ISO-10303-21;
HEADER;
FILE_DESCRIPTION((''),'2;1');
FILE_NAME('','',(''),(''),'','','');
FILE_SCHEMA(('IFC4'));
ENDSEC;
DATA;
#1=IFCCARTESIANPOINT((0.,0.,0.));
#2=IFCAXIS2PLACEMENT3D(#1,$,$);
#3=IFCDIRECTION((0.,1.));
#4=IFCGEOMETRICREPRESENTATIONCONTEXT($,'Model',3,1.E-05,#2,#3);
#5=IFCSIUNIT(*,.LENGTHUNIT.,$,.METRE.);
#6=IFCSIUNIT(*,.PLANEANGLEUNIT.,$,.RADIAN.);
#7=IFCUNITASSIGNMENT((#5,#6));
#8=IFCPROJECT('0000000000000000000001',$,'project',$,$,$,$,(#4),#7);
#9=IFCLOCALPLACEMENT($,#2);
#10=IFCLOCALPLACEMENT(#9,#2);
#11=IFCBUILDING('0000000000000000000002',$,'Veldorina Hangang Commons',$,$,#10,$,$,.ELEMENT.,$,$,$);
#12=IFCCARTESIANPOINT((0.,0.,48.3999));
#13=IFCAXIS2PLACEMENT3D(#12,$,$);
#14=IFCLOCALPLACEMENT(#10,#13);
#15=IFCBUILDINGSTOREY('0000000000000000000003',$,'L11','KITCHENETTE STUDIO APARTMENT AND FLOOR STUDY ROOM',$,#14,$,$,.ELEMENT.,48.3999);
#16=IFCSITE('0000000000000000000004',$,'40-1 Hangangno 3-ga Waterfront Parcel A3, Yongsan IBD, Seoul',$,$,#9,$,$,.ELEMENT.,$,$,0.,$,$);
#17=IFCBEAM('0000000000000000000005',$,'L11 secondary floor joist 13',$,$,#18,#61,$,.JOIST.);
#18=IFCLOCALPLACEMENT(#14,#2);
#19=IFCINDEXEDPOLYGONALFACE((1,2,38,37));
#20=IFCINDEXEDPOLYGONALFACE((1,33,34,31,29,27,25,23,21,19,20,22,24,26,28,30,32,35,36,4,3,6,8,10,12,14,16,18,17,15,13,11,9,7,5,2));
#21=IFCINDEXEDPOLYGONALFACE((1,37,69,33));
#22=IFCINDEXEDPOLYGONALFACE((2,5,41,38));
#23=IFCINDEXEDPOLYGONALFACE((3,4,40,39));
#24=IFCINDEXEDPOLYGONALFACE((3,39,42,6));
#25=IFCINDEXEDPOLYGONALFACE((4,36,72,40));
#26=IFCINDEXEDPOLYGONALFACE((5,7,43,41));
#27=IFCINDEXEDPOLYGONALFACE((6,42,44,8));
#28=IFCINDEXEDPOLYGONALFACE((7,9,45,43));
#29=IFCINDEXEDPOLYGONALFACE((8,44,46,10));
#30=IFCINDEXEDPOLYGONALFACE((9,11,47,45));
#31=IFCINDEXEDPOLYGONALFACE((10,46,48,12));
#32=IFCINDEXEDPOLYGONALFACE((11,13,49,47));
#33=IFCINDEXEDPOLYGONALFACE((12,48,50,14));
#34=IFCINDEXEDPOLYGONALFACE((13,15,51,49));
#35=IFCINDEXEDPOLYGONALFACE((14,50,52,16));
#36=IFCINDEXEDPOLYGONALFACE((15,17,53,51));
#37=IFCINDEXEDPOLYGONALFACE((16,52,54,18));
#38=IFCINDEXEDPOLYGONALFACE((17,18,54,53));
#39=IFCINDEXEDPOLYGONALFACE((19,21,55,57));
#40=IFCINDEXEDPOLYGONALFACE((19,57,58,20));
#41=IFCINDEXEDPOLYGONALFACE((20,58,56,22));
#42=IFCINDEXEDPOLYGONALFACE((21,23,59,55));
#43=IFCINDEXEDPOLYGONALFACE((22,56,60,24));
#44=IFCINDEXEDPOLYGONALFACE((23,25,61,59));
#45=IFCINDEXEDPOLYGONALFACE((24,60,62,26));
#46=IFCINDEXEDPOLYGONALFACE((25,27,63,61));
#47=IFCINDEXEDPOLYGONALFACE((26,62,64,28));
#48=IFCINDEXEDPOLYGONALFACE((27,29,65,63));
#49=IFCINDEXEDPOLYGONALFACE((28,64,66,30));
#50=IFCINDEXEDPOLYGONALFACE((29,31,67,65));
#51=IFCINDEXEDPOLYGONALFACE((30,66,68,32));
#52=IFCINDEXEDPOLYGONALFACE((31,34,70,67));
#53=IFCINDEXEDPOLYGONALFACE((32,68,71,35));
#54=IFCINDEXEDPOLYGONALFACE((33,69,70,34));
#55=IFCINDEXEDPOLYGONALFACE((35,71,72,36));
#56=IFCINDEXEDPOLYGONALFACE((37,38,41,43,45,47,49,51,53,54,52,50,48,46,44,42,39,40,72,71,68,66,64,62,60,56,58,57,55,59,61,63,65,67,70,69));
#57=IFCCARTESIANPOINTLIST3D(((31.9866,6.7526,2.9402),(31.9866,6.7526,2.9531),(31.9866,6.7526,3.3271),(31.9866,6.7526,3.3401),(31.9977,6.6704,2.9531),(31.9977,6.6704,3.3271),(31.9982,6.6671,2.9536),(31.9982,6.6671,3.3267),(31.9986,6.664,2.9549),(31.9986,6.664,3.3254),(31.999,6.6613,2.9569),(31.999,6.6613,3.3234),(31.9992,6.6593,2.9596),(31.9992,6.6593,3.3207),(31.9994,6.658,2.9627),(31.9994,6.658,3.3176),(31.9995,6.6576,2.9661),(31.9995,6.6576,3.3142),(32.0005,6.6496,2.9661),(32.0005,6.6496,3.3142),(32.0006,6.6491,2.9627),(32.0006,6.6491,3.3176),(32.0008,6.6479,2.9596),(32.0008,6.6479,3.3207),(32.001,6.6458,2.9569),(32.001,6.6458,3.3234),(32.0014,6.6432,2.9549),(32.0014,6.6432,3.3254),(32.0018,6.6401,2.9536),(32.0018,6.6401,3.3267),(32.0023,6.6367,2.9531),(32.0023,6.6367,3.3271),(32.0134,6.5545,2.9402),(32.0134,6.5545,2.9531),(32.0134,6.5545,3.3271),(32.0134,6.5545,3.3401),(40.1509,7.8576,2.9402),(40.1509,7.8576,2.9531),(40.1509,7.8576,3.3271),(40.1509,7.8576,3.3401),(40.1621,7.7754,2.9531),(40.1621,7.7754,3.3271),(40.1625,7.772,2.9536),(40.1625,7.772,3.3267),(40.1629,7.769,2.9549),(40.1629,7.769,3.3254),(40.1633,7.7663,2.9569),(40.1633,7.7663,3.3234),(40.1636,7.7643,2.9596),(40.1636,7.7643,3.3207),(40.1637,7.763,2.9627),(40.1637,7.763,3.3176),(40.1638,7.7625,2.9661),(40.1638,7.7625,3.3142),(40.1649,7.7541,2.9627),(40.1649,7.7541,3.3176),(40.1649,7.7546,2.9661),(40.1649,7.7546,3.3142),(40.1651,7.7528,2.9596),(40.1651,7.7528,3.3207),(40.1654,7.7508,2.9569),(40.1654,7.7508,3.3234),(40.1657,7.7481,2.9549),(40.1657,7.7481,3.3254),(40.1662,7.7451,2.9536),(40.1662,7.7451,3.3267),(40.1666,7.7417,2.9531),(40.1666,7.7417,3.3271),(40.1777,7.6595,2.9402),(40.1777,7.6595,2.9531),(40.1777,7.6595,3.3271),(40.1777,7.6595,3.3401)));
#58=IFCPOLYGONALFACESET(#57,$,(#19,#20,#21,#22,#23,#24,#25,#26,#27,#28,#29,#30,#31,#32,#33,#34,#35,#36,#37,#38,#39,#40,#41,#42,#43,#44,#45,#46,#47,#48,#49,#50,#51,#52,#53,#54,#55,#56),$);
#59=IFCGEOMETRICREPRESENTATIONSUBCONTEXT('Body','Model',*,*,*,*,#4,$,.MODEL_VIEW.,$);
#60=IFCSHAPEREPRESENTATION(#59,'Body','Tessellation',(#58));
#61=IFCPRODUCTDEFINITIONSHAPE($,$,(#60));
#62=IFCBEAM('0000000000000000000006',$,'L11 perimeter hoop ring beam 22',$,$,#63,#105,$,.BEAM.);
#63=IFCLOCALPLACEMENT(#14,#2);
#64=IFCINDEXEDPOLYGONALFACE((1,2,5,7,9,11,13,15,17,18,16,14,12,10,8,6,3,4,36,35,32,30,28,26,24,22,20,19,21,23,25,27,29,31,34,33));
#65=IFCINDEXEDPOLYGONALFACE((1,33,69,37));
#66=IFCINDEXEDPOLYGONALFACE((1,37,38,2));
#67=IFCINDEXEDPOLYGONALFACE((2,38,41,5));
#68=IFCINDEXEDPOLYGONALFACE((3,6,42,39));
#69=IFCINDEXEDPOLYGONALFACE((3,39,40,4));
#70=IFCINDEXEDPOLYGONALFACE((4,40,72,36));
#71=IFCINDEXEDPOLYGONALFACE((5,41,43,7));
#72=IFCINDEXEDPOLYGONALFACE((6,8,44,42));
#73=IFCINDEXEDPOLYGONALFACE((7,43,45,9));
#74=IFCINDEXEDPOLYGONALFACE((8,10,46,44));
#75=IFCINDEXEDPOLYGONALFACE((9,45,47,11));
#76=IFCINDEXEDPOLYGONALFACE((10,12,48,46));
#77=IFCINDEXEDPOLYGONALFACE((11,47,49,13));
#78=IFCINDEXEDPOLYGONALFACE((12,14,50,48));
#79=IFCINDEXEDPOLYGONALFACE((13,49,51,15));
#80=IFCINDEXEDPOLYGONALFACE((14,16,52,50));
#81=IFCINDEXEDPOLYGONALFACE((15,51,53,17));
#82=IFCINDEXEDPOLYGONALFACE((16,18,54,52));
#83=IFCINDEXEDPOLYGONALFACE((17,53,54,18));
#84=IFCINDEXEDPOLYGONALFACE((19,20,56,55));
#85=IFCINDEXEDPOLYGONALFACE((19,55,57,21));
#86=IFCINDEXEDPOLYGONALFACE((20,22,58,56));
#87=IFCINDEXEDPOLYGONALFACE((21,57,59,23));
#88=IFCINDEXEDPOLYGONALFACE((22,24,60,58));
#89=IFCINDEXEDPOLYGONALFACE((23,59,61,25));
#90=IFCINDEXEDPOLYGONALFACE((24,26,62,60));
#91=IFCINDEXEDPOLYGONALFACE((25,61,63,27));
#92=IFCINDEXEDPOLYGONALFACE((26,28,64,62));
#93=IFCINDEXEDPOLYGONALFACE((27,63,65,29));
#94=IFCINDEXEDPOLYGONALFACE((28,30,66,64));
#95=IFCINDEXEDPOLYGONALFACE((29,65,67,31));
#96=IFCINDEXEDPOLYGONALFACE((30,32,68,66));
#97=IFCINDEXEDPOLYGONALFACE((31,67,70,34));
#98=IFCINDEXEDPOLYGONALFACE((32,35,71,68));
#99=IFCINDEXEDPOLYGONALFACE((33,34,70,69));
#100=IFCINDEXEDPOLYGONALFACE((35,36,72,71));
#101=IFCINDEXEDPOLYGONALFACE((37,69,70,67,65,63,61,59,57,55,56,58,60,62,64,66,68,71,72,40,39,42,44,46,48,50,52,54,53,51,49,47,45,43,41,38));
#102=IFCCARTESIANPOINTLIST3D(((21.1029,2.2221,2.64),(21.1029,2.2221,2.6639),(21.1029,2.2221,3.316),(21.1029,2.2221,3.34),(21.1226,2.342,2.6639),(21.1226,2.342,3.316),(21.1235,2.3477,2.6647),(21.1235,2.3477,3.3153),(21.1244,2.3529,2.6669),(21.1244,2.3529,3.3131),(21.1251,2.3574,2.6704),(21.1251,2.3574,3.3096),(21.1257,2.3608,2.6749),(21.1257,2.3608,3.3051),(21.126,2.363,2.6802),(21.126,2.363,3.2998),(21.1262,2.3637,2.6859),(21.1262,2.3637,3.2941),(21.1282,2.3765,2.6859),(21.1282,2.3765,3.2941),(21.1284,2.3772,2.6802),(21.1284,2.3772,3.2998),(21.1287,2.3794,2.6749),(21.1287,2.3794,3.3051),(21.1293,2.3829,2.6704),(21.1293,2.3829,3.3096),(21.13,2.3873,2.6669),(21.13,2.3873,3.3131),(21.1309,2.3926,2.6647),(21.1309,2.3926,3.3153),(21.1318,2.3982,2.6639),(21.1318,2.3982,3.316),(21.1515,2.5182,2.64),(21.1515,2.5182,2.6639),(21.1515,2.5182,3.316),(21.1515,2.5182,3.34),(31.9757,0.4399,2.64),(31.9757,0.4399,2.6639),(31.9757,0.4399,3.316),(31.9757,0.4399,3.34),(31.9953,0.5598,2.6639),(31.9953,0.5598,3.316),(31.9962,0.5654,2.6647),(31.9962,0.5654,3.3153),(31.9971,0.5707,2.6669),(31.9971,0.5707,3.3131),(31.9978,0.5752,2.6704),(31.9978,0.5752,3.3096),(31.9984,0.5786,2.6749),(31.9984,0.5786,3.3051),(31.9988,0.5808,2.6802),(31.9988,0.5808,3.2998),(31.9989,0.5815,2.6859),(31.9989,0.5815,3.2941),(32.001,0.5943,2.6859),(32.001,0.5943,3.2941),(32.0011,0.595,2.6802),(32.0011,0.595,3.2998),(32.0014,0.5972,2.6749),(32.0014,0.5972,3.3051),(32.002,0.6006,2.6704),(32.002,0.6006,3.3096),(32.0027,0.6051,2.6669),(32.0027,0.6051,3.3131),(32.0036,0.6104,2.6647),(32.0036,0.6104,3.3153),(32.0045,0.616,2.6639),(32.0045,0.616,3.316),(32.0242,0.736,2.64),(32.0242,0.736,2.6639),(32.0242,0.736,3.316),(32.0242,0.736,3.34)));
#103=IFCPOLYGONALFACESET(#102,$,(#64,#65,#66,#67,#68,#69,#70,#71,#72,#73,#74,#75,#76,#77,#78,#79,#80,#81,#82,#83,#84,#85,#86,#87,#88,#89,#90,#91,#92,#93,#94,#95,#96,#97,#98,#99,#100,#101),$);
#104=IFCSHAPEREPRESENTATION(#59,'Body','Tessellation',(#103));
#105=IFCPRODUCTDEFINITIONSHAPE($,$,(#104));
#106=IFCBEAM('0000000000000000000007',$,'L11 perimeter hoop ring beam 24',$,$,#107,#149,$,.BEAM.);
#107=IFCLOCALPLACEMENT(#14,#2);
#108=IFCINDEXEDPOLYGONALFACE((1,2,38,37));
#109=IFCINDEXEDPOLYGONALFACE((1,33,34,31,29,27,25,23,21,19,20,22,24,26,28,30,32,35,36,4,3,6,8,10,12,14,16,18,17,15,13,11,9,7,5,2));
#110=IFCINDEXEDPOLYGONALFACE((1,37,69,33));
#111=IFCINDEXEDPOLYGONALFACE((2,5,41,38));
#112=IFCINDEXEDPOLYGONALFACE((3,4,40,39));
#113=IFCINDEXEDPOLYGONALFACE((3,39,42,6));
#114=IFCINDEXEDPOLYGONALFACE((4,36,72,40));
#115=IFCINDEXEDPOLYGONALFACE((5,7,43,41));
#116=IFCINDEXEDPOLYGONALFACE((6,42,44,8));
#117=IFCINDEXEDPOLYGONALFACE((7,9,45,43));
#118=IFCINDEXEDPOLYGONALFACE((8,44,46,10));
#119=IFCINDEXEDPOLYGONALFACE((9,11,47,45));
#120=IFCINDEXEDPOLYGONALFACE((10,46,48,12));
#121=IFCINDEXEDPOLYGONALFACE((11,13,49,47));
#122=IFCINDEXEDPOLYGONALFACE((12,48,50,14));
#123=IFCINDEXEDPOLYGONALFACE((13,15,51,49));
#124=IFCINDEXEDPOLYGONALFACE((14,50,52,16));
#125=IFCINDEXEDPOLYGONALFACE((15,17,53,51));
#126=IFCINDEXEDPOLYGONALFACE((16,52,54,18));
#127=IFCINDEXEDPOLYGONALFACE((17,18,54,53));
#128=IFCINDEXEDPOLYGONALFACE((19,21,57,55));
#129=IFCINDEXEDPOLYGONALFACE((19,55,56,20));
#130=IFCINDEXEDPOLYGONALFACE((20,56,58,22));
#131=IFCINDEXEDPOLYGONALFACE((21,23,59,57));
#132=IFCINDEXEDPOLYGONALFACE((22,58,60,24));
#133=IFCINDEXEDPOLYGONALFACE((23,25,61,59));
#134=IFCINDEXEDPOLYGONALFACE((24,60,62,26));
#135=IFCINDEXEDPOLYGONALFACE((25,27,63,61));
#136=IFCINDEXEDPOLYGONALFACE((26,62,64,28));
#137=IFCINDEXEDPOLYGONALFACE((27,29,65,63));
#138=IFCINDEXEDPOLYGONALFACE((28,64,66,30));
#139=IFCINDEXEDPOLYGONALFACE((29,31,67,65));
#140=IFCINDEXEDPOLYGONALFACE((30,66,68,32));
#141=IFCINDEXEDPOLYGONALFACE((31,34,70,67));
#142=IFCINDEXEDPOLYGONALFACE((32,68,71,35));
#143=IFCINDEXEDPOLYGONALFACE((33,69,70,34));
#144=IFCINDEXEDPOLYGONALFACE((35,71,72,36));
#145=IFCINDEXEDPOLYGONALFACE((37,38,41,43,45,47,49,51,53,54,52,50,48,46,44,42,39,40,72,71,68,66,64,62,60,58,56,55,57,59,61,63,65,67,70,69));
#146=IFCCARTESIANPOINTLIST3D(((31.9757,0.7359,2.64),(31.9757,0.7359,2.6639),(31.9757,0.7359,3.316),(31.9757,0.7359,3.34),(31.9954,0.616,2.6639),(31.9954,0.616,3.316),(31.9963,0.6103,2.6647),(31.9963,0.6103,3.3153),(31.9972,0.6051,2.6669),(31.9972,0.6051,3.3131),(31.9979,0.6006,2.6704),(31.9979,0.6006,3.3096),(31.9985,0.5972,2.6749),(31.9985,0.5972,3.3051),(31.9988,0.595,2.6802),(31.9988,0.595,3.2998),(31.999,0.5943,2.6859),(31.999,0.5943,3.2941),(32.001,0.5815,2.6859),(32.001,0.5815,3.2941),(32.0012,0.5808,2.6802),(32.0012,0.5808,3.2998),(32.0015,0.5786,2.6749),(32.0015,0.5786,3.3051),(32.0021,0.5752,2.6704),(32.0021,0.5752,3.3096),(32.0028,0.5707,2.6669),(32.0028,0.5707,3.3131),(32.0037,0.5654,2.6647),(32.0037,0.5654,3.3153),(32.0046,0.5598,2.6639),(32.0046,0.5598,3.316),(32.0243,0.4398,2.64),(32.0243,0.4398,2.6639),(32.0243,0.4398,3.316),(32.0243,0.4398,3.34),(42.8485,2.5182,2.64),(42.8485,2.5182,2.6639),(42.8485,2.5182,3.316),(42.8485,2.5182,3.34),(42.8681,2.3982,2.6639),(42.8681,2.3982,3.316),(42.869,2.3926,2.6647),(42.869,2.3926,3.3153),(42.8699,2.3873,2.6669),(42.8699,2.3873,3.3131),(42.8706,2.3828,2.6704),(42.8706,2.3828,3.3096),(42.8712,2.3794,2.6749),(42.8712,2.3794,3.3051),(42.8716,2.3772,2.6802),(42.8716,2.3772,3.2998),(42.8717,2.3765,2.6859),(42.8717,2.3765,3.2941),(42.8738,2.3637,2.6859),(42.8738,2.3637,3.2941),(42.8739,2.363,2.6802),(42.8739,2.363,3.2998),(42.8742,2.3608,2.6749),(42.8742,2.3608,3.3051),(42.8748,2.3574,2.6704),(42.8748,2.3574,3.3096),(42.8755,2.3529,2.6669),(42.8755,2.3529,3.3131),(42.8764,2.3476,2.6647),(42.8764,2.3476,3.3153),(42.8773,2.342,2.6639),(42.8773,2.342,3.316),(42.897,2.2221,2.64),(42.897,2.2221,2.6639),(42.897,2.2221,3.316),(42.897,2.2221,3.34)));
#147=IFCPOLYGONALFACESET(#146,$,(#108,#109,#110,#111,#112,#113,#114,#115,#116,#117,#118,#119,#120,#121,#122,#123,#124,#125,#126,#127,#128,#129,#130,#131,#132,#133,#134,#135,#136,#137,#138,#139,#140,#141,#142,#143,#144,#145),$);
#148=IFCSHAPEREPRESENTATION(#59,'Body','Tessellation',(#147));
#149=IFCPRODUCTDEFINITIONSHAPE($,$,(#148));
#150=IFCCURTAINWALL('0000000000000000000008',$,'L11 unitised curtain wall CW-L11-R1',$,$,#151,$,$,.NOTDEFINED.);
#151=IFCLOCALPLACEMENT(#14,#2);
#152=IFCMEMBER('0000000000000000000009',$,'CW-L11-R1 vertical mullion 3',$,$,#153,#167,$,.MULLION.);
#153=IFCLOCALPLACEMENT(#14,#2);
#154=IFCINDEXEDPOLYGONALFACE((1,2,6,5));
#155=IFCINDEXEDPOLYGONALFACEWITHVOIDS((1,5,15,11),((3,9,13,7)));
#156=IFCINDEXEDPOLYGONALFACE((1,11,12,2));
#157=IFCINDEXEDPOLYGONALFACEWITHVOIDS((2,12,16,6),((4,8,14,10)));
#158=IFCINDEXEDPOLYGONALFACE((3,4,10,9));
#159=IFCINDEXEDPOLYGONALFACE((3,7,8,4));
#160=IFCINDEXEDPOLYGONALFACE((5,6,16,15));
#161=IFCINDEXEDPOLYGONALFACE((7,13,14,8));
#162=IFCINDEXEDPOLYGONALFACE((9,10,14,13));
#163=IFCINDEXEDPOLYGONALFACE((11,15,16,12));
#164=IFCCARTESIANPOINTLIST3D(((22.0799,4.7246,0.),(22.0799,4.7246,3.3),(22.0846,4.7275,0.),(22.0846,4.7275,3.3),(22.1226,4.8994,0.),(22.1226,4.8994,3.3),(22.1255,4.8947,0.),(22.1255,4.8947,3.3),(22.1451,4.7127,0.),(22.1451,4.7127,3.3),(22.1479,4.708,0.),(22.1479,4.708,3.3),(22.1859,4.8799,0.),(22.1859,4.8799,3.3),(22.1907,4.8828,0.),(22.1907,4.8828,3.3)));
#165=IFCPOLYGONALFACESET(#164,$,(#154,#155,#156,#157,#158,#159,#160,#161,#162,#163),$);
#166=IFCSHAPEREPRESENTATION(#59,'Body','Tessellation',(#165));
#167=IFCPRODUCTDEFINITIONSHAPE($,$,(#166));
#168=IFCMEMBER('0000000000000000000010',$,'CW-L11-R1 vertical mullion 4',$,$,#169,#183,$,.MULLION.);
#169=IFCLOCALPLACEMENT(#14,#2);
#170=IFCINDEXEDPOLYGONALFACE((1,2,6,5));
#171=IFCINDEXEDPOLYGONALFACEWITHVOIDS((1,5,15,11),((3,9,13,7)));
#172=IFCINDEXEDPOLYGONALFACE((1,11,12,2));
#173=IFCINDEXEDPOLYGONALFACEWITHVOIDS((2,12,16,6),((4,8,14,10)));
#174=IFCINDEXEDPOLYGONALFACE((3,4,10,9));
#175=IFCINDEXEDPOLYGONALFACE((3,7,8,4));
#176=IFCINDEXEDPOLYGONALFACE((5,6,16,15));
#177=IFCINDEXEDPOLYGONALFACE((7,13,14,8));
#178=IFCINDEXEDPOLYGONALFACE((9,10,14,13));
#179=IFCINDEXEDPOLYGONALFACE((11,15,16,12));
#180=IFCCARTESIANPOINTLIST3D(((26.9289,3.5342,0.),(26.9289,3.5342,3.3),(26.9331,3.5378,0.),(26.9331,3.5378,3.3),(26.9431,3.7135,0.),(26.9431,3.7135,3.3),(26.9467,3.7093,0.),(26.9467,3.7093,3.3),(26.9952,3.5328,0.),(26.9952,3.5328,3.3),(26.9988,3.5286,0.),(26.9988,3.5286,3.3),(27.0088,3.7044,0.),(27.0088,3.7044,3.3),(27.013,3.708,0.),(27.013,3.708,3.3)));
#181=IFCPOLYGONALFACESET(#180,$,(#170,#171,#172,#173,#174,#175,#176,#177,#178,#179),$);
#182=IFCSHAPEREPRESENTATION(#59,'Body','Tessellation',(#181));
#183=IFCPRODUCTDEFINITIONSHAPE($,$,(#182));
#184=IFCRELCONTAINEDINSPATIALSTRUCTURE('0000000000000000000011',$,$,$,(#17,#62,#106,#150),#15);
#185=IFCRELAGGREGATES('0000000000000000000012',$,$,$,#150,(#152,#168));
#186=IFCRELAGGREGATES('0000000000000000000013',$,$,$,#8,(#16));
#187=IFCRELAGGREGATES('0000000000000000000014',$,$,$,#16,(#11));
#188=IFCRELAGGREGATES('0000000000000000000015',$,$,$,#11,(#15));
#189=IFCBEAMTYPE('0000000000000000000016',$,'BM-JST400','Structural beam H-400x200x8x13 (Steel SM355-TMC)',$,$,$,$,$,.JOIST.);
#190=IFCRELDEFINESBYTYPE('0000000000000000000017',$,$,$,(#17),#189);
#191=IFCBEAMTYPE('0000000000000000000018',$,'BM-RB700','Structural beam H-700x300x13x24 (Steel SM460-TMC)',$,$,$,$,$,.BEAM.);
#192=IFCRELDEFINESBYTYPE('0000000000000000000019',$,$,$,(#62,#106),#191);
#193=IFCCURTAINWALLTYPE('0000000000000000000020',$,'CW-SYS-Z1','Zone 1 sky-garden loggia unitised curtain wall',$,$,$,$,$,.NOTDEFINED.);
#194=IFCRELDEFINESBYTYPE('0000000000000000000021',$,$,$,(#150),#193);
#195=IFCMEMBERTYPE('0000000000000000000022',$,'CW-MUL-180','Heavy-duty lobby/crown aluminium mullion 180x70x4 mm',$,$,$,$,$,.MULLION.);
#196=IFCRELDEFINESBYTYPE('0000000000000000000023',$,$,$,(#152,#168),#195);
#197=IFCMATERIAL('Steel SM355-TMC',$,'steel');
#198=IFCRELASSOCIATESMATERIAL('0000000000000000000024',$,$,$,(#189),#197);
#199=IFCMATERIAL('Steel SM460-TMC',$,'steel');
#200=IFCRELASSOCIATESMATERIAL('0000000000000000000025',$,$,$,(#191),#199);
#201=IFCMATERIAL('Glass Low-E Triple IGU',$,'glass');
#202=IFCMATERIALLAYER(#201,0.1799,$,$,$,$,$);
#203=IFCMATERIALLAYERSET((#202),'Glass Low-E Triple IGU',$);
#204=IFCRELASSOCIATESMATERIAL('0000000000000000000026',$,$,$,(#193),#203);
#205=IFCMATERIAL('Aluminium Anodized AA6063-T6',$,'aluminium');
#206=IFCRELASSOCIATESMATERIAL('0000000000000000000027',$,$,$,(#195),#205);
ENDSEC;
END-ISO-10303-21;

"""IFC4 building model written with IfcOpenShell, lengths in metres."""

from ifc_helpers import new_model, si_unit, direction, frame, origin, origin_2d, place, context, subcontext, project, spatial, hollow_rectangle, i_section, extrude, material, layer, layer_set, material_profile, profile_set, type_object, element, aggregate, save


model = new_model("IFC4")

# Units and contexts
model_context = context("Model", 3, precision=1e-05, world=origin(), true_north=direction((0.0, 1.0)))
body_context = subcontext(model_context, "Body", "Model", "MODEL_VIEW")
ifc_project = project(units=[si_unit("LENGTHUNIT", "METRE"), si_unit("PLANEANGLEUNIT", "RADIAN")], contexts=[model_context])

# Site, building, storey
site_placement = place(None, origin())
site = spatial("IfcSite", under=ifc_project, at=site_placement, Name="40-1 Hangangno 3-ga Waterfront Parcel A3, Yongsan IBD, Seoul", CompositionType="ELEMENT", RefElevation=0.0)
building_placement = place(site_placement, origin())
building = spatial("IfcBuilding", under=site, at=building_placement, Name="Veldorina Hangang Commons", CompositionType="ELEMENT")
storey_placement = place(building_placement, frame((0.0, 0.0, 48.3999)))
storey = spatial("IfcBuildingStorey", under=building, at=storey_placement, Name="L11", Description="KITCHENETTE STUDIO APARTMENT AND FLOOR STUDY ROOM", CompositionType="ELEMENT", Elevation=48.3999)

# Beams
ifc_material_1 = material(Name="Steel SM355-TMC", Category="steel")
ifc_material_profile_1 = material_profile(ifc_material_1, i_section(OverallWidth=0.2, OverallDepth=0.3999, WebThickness=0.0081, FlangeThickness=0.0129, FilletRadius=0.0129, at=origin_2d()), Name="H-400x200x8x13")
ifc_profile_set_1 = profile_set([ifc_material_profile_1], Name="Steel SM355-TMC")
beam_type_1 = type_object("IfcBeamType", Name="BM-JST400", Description="Structural beam H-400x200x8x13 (Steel SM355-TMC)", PredefinedType="JOIST", material=ifc_profile_set_1)
beam_placement = place(storey_placement, frame((32.0, 6.6536, 3.1401), z_axis=(0.990965, 0.13412, 0.0), x_axis=(-0.13412, 0.990965, 0.0)))
element("IfcBeam", 1, at=beam_placement, inside=storey, type_object=beam_type_1, Name="L11 secondary floor joist 13", PredefinedType="JOIST", context=body_context, shape_type="SweptSolid", body=[
    extrude(i_section(OverallWidth=0.2, OverallDepth=0.3999, WebThickness=0.0081, FlangeThickness=0.0129, FilletRadius=0.0129, at=origin_2d()), origin(), (0.0, 0.0, 1.0), 8.2388),
])
ifc_material_2 = material(Name="Steel SM460-TMC", Category="steel")
ifc_material_profile_2 = material_profile(ifc_material_2, i_section(OverallWidth=0.3, OverallDepth=0.7, WebThickness=0.0129, FlangeThickness=0.0239, FilletRadius=0.022, at=origin_2d()), Name="H-700x300x13x24")
ifc_profile_set_2 = profile_set([ifc_material_profile_2], Name="Steel SM460-TMC")
beam_type_2 = type_object("IfcBeamType", Name="BM-RB700", Description="Structural beam H-700x300x13x24 (Steel SM460-TMC)", PredefinedType="BEAM", material=ifc_profile_set_2)
for number, where, z_axis, x_axis, name in (
    (2, (21.1272, 2.3701, 2.99), (0.986831, -0.161757, 0.0), (0.161757, 0.986831, 0.0), "L11 perimeter hoop ring beam 22"),
    (3, (32.0, 0.5879, 2.99), (0.986831, 0.161757, 0.0), (-0.161757, 0.986831, 0.0), "L11 perimeter hoop ring beam 24"),
):
    element("IfcBeam", number, at=place(storey_placement, frame(where, z_axis=z_axis, x_axis=x_axis)), inside=storey, type_object=beam_type_2, Name=name, PredefinedType="BEAM", context=body_context, shape_type="SweptSolid", body=[
        extrude(i_section(OverallWidth=0.3, OverallDepth=0.7, WebThickness=0.0129, FlangeThickness=0.0239, FilletRadius=0.022, at=origin_2d()), origin(), (0.0, 0.0, 1.0), 11.0178),
    ])

# Curtain wall, members
ifc_material_3 = material(Name="Glass Low-E Triple IGU", Category="glass")
ifc_layer_1 = layer(ifc_material_3, 0.1799)
ifc_layer_set_1 = layer_set([ifc_layer_1], Name="Glass Low-E Triple IGU")
curtain_wall_type = type_object("IfcCurtainWallType", Name="CW-SYS-Z1", Description="Zone 1 sky-garden loggia unitised curtain wall", PredefinedType="NOTDEFINED", material=ifc_layer_set_1)
curtain_wall_placement = place(storey_placement, origin())
curtain_wall = element("IfcCurtainWall", 4, at=curtain_wall_placement, inside=storey, type_object=curtain_wall_type, Name="L11 unitised curtain wall CW-L11-R1", PredefinedType="NOTDEFINED")
ifc_material_4 = material(Name="Aluminium Anodized AA6063-T6", Category="aluminium")
ifc_material_profile_3 = material_profile(ifc_material_4, hollow_rectangle(XDim=0.0701, YDim=0.1799, WallThickness=0.0039, at=origin_2d()), Name="ALU-RHS-180x70x4")
ifc_profile_set_3 = profile_set([ifc_material_profile_3], Name="Aluminium Anodized AA6063-T6")
member_type_1 = type_object("IfcMemberType", Name="CW-MUL-180", Description="Heavy-duty lobby/crown aluminium mullion 180x70x4 mm", PredefinedType="MULLION", material=ifc_profile_set_3)
member_1_placement = place(storey_placement, frame((22.1353, 4.8037, 0.0), z_axis=(0.0, 0.0, 1.0), x_axis=(0.971384, -0.237516, 0.0)))
member_1 = element("IfcMember", 5, at=member_1_placement, type_object=member_type_1, Name="CW-L11-R1 vertical mullion 3", PredefinedType="MULLION", context=body_context, shape_type="SweptSolid", body=[
    extrude(hollow_rectangle(XDim=0.0701, YDim=0.1799, WallThickness=0.0039, at=origin_2d()), origin(), (0.0, 0.0, 1.0), 3.3),
])
member_2_placement = place(storey_placement, frame((26.9709, 3.6211, 0.0), z_axis=(0.0, 0.0, 1.0), x_axis=(0.996864, -0.079138, 0.0)))
member_2 = element("IfcMember", 6, at=member_2_placement, type_object=member_type_1, Name="CW-L11-R1 vertical mullion 4", PredefinedType="MULLION", context=body_context, shape_type="SweptSolid", body=[
    extrude(hollow_rectangle(XDim=0.0701, YDim=0.1799, WallThickness=0.0039, at=origin_2d()), origin(), (0.0, 0.0, 1.0), 3.3),
])

aggregate(curtain_wall, [member_1, member_2])

save(model, "model.ifc")
